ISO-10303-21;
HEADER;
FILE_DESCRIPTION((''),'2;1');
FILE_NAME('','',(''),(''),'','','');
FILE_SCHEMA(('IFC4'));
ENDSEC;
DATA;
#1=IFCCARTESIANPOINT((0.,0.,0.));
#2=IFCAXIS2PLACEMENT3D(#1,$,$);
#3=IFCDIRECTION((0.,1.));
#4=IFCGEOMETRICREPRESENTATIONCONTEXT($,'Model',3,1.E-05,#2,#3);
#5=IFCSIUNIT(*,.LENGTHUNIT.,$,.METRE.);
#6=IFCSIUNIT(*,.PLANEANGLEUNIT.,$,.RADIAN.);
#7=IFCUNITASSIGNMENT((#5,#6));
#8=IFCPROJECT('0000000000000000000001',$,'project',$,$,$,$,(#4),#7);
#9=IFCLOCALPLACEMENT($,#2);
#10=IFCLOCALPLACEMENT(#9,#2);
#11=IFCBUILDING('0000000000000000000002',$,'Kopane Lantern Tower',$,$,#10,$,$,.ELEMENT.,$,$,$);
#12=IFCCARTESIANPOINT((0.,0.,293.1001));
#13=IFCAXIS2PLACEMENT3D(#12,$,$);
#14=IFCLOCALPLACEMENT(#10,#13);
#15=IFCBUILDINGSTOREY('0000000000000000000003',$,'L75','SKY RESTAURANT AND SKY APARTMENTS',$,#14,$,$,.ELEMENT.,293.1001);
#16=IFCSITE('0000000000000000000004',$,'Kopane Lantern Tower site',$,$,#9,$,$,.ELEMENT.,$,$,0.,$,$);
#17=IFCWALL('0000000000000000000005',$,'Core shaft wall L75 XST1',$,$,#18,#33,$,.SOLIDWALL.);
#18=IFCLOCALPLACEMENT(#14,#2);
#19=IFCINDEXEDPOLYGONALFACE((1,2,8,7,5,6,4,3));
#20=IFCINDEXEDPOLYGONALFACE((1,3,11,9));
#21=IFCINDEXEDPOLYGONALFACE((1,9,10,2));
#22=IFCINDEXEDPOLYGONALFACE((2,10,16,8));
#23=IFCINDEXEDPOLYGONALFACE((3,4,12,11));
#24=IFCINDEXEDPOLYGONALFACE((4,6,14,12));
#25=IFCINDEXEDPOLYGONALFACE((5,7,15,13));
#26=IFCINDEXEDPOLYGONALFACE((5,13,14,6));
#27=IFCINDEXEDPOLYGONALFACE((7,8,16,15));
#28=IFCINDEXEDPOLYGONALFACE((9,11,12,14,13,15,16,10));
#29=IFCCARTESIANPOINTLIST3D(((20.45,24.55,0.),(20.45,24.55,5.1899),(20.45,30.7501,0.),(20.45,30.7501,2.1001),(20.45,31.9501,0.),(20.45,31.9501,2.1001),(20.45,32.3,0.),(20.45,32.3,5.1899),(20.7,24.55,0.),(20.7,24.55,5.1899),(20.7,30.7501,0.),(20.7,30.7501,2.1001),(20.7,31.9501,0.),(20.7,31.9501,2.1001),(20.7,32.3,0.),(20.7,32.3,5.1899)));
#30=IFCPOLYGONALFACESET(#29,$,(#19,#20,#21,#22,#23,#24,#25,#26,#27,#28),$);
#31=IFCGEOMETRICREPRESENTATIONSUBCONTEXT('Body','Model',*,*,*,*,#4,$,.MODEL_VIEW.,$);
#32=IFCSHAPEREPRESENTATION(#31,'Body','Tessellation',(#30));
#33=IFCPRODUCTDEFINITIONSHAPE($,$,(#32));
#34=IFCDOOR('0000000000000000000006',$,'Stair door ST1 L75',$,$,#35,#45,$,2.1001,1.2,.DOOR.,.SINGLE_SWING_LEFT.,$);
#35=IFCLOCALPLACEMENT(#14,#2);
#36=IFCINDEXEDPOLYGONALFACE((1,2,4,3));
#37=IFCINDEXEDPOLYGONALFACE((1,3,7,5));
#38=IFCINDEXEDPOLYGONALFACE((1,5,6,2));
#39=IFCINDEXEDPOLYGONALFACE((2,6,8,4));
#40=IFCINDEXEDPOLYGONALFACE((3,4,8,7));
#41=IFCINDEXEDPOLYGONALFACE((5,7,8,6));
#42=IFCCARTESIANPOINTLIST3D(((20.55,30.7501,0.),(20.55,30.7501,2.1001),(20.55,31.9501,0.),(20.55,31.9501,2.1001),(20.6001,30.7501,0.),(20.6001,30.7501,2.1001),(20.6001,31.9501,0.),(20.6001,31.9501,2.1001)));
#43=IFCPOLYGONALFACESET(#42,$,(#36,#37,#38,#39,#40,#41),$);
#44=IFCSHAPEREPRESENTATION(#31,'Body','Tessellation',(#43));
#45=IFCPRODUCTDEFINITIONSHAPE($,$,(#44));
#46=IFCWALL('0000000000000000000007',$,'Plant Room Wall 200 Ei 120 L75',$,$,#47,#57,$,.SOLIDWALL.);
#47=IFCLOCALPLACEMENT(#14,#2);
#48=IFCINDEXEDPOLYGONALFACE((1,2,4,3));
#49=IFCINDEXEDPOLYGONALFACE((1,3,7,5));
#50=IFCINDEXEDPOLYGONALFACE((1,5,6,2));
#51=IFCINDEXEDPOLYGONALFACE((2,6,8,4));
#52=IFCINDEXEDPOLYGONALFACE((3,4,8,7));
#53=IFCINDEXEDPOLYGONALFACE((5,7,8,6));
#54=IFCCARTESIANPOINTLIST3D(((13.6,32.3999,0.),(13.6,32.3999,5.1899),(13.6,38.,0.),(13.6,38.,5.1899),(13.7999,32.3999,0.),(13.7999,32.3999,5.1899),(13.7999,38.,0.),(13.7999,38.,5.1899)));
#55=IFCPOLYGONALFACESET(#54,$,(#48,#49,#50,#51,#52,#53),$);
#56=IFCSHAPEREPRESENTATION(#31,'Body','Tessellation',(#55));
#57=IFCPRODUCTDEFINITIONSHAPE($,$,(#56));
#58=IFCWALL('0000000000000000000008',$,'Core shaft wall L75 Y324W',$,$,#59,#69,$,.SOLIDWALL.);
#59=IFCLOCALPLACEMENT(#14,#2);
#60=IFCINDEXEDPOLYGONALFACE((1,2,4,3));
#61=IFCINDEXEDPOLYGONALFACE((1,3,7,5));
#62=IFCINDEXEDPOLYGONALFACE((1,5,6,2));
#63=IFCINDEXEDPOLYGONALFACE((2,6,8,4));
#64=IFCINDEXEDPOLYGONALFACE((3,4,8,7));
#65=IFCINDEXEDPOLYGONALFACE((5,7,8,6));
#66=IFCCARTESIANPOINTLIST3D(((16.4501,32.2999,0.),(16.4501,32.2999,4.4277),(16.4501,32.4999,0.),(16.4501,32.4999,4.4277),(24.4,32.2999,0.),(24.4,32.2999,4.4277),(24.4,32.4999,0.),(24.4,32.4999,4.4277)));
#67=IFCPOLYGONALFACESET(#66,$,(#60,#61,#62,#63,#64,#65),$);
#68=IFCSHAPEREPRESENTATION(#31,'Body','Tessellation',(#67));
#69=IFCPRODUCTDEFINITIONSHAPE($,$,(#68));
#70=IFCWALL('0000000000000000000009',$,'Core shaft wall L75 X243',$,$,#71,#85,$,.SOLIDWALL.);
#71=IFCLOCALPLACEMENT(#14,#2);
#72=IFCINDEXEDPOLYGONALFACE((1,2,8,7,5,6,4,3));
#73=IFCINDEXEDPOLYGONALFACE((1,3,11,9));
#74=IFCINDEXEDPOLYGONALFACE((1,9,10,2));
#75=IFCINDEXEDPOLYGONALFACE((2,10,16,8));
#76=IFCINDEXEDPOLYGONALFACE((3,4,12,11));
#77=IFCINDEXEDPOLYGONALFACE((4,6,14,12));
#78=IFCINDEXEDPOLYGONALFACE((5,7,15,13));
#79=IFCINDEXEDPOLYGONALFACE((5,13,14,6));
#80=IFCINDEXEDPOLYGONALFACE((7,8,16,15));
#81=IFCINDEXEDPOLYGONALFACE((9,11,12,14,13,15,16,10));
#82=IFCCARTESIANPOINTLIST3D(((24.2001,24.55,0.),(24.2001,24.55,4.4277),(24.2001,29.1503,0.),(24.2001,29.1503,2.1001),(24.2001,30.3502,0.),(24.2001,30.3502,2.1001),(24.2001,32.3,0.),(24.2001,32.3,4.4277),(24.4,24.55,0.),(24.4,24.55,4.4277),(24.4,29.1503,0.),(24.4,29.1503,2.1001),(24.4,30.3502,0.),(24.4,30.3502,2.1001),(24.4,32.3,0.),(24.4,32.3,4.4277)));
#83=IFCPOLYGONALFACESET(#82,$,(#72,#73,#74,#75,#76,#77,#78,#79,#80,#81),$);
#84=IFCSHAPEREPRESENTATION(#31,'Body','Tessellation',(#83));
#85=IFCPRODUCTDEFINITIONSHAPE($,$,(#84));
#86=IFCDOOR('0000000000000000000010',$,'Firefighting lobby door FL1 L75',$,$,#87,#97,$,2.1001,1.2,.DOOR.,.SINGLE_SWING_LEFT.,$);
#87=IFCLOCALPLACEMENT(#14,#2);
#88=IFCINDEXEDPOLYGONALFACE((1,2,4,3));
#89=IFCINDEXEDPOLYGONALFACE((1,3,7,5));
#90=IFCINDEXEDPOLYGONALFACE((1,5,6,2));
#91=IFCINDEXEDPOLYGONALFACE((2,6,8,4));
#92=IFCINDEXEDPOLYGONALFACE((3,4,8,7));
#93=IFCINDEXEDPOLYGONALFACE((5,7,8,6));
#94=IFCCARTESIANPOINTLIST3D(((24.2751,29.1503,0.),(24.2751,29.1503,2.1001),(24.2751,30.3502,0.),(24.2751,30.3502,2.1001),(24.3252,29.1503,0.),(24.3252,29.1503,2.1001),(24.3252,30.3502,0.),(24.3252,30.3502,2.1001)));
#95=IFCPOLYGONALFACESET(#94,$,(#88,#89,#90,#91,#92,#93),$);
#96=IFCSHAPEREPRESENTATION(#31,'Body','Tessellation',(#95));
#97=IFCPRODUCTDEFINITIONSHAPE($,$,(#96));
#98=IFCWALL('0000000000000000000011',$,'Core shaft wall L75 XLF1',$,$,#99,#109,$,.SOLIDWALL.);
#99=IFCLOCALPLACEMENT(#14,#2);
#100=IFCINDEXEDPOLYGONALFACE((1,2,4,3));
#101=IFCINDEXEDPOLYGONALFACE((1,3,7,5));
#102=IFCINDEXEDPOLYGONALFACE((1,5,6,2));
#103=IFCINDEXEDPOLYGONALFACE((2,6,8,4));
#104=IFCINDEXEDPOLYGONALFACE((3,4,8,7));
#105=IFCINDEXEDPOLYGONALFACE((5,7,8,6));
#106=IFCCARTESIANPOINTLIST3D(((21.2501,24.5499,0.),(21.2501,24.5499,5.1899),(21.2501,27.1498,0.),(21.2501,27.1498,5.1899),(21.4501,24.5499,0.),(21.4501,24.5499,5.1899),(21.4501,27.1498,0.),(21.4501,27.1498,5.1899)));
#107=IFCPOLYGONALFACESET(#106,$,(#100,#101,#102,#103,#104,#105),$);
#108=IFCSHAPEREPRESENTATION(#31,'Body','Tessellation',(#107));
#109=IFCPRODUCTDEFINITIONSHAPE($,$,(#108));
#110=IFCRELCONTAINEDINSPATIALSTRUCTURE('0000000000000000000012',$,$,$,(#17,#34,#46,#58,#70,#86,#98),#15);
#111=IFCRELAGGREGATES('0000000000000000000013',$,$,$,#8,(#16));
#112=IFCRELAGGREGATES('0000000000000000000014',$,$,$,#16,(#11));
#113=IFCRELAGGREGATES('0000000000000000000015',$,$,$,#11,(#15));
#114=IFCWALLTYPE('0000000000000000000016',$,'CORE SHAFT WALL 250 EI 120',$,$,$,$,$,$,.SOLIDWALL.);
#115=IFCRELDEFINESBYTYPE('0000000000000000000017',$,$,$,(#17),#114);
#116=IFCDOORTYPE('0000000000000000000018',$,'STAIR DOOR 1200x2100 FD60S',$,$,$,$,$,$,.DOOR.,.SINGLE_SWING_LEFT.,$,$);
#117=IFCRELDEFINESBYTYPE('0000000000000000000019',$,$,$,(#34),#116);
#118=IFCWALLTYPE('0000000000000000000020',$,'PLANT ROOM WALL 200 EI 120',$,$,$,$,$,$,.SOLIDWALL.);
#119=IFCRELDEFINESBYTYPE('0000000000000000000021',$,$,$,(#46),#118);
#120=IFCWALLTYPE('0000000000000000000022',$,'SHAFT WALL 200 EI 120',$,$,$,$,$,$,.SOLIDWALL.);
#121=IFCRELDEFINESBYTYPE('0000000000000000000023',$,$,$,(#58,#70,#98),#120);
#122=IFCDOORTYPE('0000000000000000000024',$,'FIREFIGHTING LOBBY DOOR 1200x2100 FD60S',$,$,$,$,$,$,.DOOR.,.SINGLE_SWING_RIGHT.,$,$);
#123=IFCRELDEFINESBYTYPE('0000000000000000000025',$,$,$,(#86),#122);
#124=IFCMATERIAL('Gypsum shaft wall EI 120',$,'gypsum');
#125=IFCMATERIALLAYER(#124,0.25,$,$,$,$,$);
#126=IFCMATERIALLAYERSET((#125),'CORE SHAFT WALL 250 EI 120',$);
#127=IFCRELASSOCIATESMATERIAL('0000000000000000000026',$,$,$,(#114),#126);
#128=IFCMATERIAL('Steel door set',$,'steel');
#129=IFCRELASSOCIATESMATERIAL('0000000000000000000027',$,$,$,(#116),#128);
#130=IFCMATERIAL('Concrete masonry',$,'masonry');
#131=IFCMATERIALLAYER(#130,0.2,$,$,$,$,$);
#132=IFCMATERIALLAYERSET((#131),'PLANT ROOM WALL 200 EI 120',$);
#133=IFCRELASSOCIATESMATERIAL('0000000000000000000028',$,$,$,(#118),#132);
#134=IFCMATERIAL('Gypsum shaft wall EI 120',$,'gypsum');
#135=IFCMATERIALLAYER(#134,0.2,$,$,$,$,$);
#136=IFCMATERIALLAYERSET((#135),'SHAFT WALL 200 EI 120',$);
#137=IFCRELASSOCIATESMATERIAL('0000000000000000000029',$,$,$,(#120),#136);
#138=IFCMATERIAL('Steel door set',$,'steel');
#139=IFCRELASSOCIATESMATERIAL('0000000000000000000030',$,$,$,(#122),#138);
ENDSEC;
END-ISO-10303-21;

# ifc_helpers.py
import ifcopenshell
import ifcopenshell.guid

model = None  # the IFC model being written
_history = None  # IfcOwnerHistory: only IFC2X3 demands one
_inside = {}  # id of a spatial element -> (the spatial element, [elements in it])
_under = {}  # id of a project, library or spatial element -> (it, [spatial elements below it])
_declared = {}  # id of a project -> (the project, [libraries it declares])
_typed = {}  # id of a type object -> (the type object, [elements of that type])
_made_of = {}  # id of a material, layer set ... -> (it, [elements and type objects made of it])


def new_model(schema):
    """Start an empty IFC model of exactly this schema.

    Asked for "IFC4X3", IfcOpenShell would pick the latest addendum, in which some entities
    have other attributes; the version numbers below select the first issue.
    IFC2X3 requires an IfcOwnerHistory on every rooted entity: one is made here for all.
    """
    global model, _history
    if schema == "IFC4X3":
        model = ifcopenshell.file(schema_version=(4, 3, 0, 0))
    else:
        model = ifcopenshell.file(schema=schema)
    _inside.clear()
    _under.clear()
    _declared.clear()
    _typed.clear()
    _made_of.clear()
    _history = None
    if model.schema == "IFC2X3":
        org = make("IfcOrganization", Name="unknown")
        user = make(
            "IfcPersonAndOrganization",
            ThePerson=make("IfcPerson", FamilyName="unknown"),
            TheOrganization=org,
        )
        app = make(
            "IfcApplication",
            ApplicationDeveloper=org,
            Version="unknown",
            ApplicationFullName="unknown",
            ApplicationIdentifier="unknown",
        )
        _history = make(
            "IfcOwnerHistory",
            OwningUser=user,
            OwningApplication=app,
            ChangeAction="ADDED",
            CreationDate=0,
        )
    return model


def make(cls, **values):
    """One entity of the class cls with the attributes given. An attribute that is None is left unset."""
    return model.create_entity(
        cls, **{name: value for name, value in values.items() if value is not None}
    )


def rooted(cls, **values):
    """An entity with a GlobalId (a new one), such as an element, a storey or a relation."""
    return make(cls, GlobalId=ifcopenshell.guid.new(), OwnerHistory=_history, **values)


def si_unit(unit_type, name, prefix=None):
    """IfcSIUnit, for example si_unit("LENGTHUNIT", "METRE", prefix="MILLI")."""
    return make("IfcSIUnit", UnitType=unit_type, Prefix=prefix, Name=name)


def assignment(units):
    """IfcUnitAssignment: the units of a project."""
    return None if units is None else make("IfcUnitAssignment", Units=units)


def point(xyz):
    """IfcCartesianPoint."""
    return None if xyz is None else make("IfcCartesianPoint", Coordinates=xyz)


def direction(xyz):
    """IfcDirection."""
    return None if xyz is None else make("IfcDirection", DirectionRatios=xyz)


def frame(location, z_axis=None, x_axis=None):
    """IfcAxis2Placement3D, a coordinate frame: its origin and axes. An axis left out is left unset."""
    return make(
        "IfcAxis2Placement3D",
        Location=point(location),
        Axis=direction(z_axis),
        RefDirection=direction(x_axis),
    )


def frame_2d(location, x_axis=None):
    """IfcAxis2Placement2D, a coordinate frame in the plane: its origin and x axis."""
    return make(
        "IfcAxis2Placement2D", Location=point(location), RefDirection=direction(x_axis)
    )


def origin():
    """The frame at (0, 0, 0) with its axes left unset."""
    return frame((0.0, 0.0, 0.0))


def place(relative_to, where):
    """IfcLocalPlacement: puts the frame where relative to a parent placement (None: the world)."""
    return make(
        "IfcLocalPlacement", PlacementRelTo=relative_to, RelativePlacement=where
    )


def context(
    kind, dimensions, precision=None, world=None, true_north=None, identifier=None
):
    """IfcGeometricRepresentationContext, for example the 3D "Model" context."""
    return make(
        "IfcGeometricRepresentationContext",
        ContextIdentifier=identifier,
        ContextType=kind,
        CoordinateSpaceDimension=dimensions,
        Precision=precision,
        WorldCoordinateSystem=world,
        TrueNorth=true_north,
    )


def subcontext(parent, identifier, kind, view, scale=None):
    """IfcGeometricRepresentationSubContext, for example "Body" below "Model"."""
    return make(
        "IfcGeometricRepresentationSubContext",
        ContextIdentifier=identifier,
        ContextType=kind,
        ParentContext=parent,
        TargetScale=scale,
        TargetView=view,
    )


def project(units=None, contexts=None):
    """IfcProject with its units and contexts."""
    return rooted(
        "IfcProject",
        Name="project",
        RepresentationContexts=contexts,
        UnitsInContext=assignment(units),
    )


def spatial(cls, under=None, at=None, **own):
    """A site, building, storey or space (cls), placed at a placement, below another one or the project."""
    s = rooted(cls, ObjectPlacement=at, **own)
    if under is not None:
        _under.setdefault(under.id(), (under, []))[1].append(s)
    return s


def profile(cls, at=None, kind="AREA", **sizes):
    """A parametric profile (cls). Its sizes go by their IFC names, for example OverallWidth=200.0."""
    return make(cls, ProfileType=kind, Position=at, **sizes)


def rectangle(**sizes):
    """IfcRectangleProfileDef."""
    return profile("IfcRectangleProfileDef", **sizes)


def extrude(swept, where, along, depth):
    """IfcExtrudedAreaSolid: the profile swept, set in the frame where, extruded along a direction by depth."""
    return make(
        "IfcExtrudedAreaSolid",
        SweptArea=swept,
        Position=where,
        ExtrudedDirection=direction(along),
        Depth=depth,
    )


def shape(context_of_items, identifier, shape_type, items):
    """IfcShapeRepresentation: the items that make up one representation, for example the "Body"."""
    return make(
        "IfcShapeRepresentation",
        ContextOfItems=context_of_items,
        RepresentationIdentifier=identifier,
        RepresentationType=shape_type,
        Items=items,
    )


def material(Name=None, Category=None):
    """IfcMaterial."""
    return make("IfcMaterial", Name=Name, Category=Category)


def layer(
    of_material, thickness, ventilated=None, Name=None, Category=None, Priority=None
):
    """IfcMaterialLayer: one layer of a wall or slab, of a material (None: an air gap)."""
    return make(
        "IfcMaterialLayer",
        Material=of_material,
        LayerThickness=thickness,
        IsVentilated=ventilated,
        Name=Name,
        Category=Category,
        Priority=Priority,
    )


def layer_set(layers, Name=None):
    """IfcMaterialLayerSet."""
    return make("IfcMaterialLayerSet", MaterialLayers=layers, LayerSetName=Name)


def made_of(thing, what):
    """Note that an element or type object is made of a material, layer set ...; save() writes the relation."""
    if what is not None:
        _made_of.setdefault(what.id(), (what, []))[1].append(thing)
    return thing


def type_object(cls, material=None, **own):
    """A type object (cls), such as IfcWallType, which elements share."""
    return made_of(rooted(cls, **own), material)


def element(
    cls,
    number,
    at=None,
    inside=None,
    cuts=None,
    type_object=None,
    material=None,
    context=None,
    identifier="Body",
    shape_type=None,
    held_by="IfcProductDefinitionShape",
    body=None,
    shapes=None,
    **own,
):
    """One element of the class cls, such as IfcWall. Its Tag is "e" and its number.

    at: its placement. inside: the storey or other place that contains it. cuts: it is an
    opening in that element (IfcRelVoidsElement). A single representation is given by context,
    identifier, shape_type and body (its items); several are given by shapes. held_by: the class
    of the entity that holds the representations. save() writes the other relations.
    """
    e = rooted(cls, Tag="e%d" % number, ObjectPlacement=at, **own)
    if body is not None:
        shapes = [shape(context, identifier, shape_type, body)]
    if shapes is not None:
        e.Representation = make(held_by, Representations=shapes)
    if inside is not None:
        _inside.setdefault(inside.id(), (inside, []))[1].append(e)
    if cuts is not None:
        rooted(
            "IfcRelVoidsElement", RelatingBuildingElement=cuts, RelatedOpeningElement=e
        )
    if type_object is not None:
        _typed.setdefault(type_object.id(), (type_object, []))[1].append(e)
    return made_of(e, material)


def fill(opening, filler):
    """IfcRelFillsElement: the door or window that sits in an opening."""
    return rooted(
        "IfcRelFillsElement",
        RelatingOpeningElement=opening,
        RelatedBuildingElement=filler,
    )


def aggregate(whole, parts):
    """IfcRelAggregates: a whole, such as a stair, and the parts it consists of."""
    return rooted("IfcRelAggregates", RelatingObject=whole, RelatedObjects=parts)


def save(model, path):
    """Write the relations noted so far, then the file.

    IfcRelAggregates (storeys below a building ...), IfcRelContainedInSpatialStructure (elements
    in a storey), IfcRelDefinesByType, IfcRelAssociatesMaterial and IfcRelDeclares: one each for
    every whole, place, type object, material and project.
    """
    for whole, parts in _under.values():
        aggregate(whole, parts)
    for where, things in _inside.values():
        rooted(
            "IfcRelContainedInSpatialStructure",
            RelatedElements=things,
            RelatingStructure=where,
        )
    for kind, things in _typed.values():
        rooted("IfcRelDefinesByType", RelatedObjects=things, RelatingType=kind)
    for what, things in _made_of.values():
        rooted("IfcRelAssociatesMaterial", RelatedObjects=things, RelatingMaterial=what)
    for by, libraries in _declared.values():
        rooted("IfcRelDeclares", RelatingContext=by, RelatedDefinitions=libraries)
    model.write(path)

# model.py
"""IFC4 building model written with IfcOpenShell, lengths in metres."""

from ifc_helpers import new_model, si_unit, direction, frame, frame_2d, origin, place, context, subcontext, project, spatial, rectangle, extrude, material, layer, layer_set, type_object, element, fill, save


model = new_model("IFC4")

# Units and contexts
model_context = context("Model", 3, precision=1e-05, world=origin(), true_north=direction((0.0, 1.0)))
body_context = subcontext(model_context, "Body", "Model", "MODEL_VIEW")
ifc_project = project(units=[si_unit("LENGTHUNIT", "METRE"), si_unit("PLANEANGLEUNIT", "RADIAN")], contexts=[model_context])

# Site, building, storey
site_placement = place(None, origin())
site = spatial("IfcSite", under=ifc_project, at=site_placement, Name="Kopane Lantern Tower site", CompositionType="ELEMENT", RefElevation=0.0)
building_placement = place(site_placement, origin())
building = spatial("IfcBuilding", under=site, at=building_placement, Name="Kopane Lantern Tower", CompositionType="ELEMENT")
storey_placement = place(building_placement, frame((0.0, 0.0, 293.1001)))
storey = spatial("IfcBuildingStorey", under=building, at=storey_placement, Name="L75", Description="SKY RESTAURANT AND SKY APARTMENTS", CompositionType="ELEMENT", Elevation=293.1001)

# Wall, opening, door
ifc_material_1 = material(Name="Gypsum shaft wall EI 120", Category="gypsum")
ifc_layer_1 = layer(ifc_material_1, 0.25)
ifc_layer_set_1 = layer_set([ifc_layer_1], Name="CORE SHAFT WALL 250 EI 120")
wall_type_1 = type_object("IfcWallType", Name="CORE SHAFT WALL 250 EI 120", PredefinedType="SOLIDWALL", material=ifc_layer_set_1)
wall_1_placement = place(storey_placement, frame((20.575, 24.55, 0.0), z_axis=(0.0, 0.0, 1.0), x_axis=(0.0, 1.0, 0.0)))
wall_1 = element("IfcWall", 1, at=wall_1_placement, inside=storey, type_object=wall_type_1, Name="Core shaft wall L75 XST1", PredefinedType="SOLIDWALL", context=body_context, shape_type="SweptSolid", body=[
    extrude(rectangle(XDim=7.75, YDim=0.25, at=frame_2d((3.875, 0.0))), origin(), (0.0, 0.0, 1.0), 5.1899),
])
opening_1_placement = place(wall_1_placement, frame((6.2, 0.0, 0.0)))
opening_1 = element("IfcOpeningElement", 2, at=opening_1_placement, cuts=wall_1, PredefinedType="OPENING", context=body_context, shape_type="SweptSolid", body=[
    extrude(rectangle(XDim=1.2, YDim=2.1001, at=frame_2d((0.6001, 1.05))), frame((0.0, 0.135, 0.0), z_axis=(0.0, -1.0, 0.0), x_axis=(1.0, 0.0, 0.0)), (0.0, 0.0, 1.0), 0.27),
])
ifc_material_2 = material(Name="Steel door set", Category="steel")
door_type_1 = type_object("IfcDoorType", Name="STAIR DOOR 1200x2100 FD60S", OperationType="SINGLE_SWING_LEFT", PredefinedType="DOOR", material=ifc_material_2)
door_1_placement = place(opening_1_placement, origin())
door_1 = element("IfcDoor", 3, at=door_1_placement, inside=storey, type_object=door_type_1, Name="Stair door ST1 L75", OperationType="SINGLE_SWING_LEFT", OverallHeight=2.1001, OverallWidth=1.2, PredefinedType="DOOR", context=body_context, shape_type="SweptSolid", body=[
    extrude(rectangle(XDim=1.2, YDim=2.1001, at=frame_2d((0.6001, 1.05))), frame((0.0, 0.0249, 0.0), z_axis=(0.0, -1.0, 0.0), x_axis=(1.0, 0.0, 0.0)), (0.0, 0.0, 1.0), 0.05),
])
fill(opening_1, door_1)

# Walls
ifc_material_3 = material(Name="Concrete masonry", Category="masonry")
ifc_layer_2 = layer(ifc_material_3, 0.2)
ifc_layer_set_2 = layer_set([ifc_layer_2], Name="PLANT ROOM WALL 200 EI 120")
wall_type_2 = type_object("IfcWallType", Name="PLANT ROOM WALL 200 EI 120", PredefinedType="SOLIDWALL", material=ifc_layer_set_2)
wall_2_placement = place(storey_placement, frame((13.7, 32.3999, 0.0), z_axis=(0.0, 0.0, 1.0), x_axis=(0.0, 1.0, 0.0)))
element("IfcWall", 4, at=wall_2_placement, inside=storey, type_object=wall_type_2, Name="Plant Room Wall 200 Ei 120 L75", PredefinedType="SOLIDWALL", context=body_context, shape_type="SweptSolid", body=[
    extrude(rectangle(XDim=5.6001, YDim=0.2, at=frame_2d((2.8, 0.0))), origin(), (0.0, 0.0, 1.0), 5.1899),
])
ifc_material_4 = material(Name="Gypsum shaft wall EI 120", Category="gypsum")
ifc_layer_3 = layer(ifc_material_4, 0.2)
ifc_layer_set_3 = layer_set([ifc_layer_3], Name="SHAFT WALL 200 EI 120")
wall_type_3 = type_object("IfcWallType", Name="SHAFT WALL 200 EI 120", PredefinedType="SOLIDWALL", material=ifc_layer_set_3)
wall_3_placement = place(storey_placement, frame((16.45, 32.3999, 0.0), z_axis=(0.0, 0.0, 1.0), x_axis=(1.0, 0.0, 0.0)))
element("IfcWall", 5, at=wall_3_placement, inside=storey, type_object=wall_type_3, Name="Core shaft wall L75 Y324W", PredefinedType="SOLIDWALL", context=body_context, shape_type="SweptSolid", body=[
    extrude(rectangle(XDim=7.95, YDim=0.2, at=frame_2d((3.9751, 0.0))), origin(), (0.0, 0.0, 1.0), 4.4277),
])

# Wall, opening, door
wall_4_placement = place(storey_placement, frame((24.3, 24.55, 0.0), z_axis=(0.0, 0.0, 1.0), x_axis=(0.0, 1.0, 0.0)))
wall_4 = element("IfcWall", 6, at=wall_4_placement, inside=storey, type_object=wall_type_3, Name="Core shaft wall L75 X243", PredefinedType="SOLIDWALL", context=body_context, shape_type="SweptSolid", body=[
    extrude(rectangle(XDim=7.75, YDim=0.2, at=frame_2d((3.875, 0.0))), origin(), (0.0, 0.0, 1.0), 4.4277),
])
opening_2_placement = place(wall_4_placement, frame((4.6001, 0.0, 0.0)))
opening_2 = element("IfcOpeningElement", 7, at=opening_2_placement, cuts=wall_4, PredefinedType="OPENING", context=body_context, shape_type="SweptSolid", body=[
    extrude(rectangle(XDim=1.2, YDim=2.1001, at=frame_2d((0.6001, 1.05))), frame((0.0, 0.1099, 0.0), z_axis=(0.0, -1.0, 0.0), x_axis=(1.0, 0.0, 0.0)), (0.0, 0.0, 1.0), 0.22),
])
ifc_material_5 = material(Name="Steel door set", Category="steel")
door_type_2 = type_object("IfcDoorType", Name="FIREFIGHTING LOBBY DOOR 1200x2100 FD60S", OperationType="SINGLE_SWING_RIGHT", PredefinedType="DOOR", material=ifc_material_5)
door_2_placement = place(opening_2_placement, origin())
door_2 = element("IfcDoor", 8, at=door_2_placement, inside=storey, type_object=door_type_2, Name="Firefighting lobby door FL1 L75", OperationType="SINGLE_SWING_LEFT", OverallHeight=2.1001, OverallWidth=1.2, PredefinedType="DOOR", context=body_context, shape_type="SweptSolid", body=[
    extrude(rectangle(XDim=1.2, YDim=2.1001, at=frame_2d((0.6001, 1.05))), frame((0.0, 0.0249, 0.0), z_axis=(0.0, -1.0, 0.0), x_axis=(1.0, 0.0, 0.0)), (0.0, 0.0, 1.0), 0.05),
])
fill(opening_2, door_2)

# Wall
wall_5_placement = place(storey_placement, frame((21.3501, 24.55, 0.0), z_axis=(0.0, 0.0, 1.0), x_axis=(0.0, 1.0, 0.0)))
element("IfcWall", 9, at=wall_5_placement, inside=storey, type_object=wall_type_3, Name="Core shaft wall L75 XLF1", PredefinedType="SOLIDWALL", context=body_context, shape_type="SweptSolid", body=[
    extrude(rectangle(XDim=2.5999, YDim=0.2, at=frame_2d((1.2998, 0.0))), origin(), (0.0, 0.0, 1.0), 5.1899),
])

save(model, "model.ifc")
